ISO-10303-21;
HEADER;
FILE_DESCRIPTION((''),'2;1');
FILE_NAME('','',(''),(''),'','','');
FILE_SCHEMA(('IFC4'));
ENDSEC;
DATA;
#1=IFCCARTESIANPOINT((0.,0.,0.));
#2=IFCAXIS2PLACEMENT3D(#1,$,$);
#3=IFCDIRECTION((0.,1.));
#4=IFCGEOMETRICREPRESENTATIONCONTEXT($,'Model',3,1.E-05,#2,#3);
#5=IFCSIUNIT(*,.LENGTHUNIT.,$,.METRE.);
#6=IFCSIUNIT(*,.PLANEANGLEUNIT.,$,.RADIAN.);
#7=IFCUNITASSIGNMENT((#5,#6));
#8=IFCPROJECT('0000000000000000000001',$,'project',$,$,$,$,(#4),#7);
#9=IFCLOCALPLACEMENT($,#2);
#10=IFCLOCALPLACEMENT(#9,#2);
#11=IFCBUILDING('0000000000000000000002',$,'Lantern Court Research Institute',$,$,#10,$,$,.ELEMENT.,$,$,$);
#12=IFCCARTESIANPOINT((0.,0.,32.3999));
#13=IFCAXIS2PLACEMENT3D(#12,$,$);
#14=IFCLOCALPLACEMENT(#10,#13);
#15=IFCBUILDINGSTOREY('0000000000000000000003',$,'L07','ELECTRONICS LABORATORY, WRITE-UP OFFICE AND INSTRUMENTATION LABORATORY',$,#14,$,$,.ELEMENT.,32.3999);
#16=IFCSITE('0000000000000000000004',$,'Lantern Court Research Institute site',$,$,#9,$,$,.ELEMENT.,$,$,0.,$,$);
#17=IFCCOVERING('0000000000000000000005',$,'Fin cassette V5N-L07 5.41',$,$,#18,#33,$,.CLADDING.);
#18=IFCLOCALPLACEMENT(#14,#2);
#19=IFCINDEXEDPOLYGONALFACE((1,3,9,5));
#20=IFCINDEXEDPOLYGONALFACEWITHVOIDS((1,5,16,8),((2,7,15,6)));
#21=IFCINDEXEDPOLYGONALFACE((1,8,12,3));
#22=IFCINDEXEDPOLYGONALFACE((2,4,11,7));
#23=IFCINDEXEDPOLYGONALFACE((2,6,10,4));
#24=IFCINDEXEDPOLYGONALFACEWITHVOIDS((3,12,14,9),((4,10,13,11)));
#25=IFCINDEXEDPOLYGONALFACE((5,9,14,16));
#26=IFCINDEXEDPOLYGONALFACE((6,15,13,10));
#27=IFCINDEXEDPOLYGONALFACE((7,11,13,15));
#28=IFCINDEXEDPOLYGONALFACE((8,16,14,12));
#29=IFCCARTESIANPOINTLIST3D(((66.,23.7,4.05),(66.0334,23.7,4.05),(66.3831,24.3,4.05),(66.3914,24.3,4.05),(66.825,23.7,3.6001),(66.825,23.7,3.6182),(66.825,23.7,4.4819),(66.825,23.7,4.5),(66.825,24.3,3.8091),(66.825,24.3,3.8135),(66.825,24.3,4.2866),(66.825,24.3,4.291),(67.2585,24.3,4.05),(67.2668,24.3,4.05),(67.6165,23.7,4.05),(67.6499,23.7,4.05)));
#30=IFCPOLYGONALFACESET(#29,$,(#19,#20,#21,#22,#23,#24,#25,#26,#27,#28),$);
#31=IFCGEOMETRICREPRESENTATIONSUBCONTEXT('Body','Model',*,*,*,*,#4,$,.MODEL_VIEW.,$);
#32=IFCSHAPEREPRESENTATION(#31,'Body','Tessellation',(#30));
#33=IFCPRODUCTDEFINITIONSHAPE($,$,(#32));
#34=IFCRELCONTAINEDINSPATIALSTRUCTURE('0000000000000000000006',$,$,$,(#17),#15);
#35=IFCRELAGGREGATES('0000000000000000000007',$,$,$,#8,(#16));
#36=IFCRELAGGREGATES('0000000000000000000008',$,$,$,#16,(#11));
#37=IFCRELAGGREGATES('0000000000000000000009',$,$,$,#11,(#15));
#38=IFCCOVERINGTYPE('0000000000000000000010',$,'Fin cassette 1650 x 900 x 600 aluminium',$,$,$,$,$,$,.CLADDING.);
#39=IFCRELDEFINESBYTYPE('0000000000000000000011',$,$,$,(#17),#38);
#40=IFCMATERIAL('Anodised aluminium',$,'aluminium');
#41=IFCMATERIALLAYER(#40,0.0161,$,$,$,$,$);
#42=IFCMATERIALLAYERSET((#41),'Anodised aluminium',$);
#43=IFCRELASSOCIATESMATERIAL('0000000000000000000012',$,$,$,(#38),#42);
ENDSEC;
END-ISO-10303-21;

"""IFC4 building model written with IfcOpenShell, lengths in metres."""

from ifc_helpers import new_model, entity, si_unit, direction, frame, origin, place, context, subcontext, project, spatial, material, layer, layer_set, type_object, element, save


model = new_model("IFC4")

# Units and contexts
model_context = context("Model", 3, precision=1e-05, world=origin(), true_north=direction((0.0, 1.0)))
body_context = subcontext(model_context, "Body", "Model", "MODEL_VIEW")
ifc_project = project(units=[si_unit("LENGTHUNIT", "METRE"), si_unit("PLANEANGLEUNIT", "RADIAN")], contexts=[model_context])

# Site, building, storey
site_placement = place(None, origin())
site = spatial("IfcSite", under=ifc_project, at=site_placement, Name="Lantern Court Research Institute site", CompositionType="ELEMENT", RefElevation=0.0)
building_placement = place(site_placement, origin())
building = spatial("IfcBuilding", under=site, at=building_placement, Name="Lantern Court Research Institute", CompositionType="ELEMENT")
storey_placement = place(building_placement, frame((0.0, 0.0, 32.3999)))
storey = spatial("IfcBuildingStorey", under=building, at=storey_placement, Name="L07", Description="ELECTRONICS LABORATORY, WRITE-UP OFFICE AND INSTRUMENTATION LABORATORY", CompositionType="ELEMENT", Elevation=32.3999)

# Covering
ifc_material_1 = material(Name="Anodised aluminium", Category="aluminium")
ifc_layer_1 = layer(ifc_material_1, 0.0161)
ifc_layer_set_1 = layer_set([ifc_layer_1], Name="Anodised aluminium")
covering_type = type_object("IfcCoveringType", Name="Fin cassette 1650 x 900 x 600 aluminium", PredefinedType="CLADDING", material=ifc_layer_set_1)
covering_1_placement = place(storey_placement, frame((66.825, 23.7, 4.05), z_axis=(0.0, 1.0, 0.0), x_axis=(-1.0, 0.0, 0.0)))
cartesian_point_1 = entity("IfcCartesianPoint", [0.825, 0.0])
cartesian_point_2 = entity("IfcCartesianPoint", [0.7915, 0.0])
cartesian_point_3 = entity("IfcCartesianPoint", [0.4419, 0.0])
cartesian_point_4 = entity("IfcCartesianPoint", [0.4336, 0.0])
element("IfcCovering", 1, at=covering_1_placement, inside=storey, type_object=covering_type, Name="Fin cassette V5N-L07 5.41", PredefinedType="CLADDING", context=body_context, shape_type="SweptSolid", body=[
    entity("IfcExtrudedAreaSolidTapered", entity("IfcArbitraryProfileDefWithVoids", "AREA", None, entity("IfcPolyline", [cartesian_point_1, entity("IfcCartesianPoint", [0.0, 0.45]), entity("IfcCartesianPoint", [-0.825, 0.0]), entity("IfcCartesianPoint", [0.0, -0.45]), cartesian_point_1]), [entity("IfcPolyline", [cartesian_point_2, entity("IfcCartesianPoint", [0.0, 0.4319]), entity("IfcCartesianPoint", [-0.7915, 0.0]), entity("IfcCartesianPoint", [0.0, -0.4319]), cartesian_point_2])]), entity("IfcAxis2Placement3D", entity("IfcCartesianPoint", [0.0, 0.0, 0.0])), entity("IfcDirection", [0.0, 0.0, 1.0]), 0.6001, entity("IfcArbitraryProfileDefWithVoids", "AREA", None, entity("IfcPolyline", [cartesian_point_3, entity("IfcCartesianPoint", [0.0, 0.241]), entity("IfcCartesianPoint", [-0.4419, 0.0]), entity("IfcCartesianPoint", [0.0, -0.241]), cartesian_point_3]), [entity("IfcPolyline", [cartesian_point_4, entity("IfcCartesianPoint", [0.0, 0.2366]), entity("IfcCartesianPoint", [-0.4336, 0.0]), entity("IfcCartesianPoint", [0.0, -0.2366]), cartesian_point_4])])),
])

save(model, "model.ifc")
